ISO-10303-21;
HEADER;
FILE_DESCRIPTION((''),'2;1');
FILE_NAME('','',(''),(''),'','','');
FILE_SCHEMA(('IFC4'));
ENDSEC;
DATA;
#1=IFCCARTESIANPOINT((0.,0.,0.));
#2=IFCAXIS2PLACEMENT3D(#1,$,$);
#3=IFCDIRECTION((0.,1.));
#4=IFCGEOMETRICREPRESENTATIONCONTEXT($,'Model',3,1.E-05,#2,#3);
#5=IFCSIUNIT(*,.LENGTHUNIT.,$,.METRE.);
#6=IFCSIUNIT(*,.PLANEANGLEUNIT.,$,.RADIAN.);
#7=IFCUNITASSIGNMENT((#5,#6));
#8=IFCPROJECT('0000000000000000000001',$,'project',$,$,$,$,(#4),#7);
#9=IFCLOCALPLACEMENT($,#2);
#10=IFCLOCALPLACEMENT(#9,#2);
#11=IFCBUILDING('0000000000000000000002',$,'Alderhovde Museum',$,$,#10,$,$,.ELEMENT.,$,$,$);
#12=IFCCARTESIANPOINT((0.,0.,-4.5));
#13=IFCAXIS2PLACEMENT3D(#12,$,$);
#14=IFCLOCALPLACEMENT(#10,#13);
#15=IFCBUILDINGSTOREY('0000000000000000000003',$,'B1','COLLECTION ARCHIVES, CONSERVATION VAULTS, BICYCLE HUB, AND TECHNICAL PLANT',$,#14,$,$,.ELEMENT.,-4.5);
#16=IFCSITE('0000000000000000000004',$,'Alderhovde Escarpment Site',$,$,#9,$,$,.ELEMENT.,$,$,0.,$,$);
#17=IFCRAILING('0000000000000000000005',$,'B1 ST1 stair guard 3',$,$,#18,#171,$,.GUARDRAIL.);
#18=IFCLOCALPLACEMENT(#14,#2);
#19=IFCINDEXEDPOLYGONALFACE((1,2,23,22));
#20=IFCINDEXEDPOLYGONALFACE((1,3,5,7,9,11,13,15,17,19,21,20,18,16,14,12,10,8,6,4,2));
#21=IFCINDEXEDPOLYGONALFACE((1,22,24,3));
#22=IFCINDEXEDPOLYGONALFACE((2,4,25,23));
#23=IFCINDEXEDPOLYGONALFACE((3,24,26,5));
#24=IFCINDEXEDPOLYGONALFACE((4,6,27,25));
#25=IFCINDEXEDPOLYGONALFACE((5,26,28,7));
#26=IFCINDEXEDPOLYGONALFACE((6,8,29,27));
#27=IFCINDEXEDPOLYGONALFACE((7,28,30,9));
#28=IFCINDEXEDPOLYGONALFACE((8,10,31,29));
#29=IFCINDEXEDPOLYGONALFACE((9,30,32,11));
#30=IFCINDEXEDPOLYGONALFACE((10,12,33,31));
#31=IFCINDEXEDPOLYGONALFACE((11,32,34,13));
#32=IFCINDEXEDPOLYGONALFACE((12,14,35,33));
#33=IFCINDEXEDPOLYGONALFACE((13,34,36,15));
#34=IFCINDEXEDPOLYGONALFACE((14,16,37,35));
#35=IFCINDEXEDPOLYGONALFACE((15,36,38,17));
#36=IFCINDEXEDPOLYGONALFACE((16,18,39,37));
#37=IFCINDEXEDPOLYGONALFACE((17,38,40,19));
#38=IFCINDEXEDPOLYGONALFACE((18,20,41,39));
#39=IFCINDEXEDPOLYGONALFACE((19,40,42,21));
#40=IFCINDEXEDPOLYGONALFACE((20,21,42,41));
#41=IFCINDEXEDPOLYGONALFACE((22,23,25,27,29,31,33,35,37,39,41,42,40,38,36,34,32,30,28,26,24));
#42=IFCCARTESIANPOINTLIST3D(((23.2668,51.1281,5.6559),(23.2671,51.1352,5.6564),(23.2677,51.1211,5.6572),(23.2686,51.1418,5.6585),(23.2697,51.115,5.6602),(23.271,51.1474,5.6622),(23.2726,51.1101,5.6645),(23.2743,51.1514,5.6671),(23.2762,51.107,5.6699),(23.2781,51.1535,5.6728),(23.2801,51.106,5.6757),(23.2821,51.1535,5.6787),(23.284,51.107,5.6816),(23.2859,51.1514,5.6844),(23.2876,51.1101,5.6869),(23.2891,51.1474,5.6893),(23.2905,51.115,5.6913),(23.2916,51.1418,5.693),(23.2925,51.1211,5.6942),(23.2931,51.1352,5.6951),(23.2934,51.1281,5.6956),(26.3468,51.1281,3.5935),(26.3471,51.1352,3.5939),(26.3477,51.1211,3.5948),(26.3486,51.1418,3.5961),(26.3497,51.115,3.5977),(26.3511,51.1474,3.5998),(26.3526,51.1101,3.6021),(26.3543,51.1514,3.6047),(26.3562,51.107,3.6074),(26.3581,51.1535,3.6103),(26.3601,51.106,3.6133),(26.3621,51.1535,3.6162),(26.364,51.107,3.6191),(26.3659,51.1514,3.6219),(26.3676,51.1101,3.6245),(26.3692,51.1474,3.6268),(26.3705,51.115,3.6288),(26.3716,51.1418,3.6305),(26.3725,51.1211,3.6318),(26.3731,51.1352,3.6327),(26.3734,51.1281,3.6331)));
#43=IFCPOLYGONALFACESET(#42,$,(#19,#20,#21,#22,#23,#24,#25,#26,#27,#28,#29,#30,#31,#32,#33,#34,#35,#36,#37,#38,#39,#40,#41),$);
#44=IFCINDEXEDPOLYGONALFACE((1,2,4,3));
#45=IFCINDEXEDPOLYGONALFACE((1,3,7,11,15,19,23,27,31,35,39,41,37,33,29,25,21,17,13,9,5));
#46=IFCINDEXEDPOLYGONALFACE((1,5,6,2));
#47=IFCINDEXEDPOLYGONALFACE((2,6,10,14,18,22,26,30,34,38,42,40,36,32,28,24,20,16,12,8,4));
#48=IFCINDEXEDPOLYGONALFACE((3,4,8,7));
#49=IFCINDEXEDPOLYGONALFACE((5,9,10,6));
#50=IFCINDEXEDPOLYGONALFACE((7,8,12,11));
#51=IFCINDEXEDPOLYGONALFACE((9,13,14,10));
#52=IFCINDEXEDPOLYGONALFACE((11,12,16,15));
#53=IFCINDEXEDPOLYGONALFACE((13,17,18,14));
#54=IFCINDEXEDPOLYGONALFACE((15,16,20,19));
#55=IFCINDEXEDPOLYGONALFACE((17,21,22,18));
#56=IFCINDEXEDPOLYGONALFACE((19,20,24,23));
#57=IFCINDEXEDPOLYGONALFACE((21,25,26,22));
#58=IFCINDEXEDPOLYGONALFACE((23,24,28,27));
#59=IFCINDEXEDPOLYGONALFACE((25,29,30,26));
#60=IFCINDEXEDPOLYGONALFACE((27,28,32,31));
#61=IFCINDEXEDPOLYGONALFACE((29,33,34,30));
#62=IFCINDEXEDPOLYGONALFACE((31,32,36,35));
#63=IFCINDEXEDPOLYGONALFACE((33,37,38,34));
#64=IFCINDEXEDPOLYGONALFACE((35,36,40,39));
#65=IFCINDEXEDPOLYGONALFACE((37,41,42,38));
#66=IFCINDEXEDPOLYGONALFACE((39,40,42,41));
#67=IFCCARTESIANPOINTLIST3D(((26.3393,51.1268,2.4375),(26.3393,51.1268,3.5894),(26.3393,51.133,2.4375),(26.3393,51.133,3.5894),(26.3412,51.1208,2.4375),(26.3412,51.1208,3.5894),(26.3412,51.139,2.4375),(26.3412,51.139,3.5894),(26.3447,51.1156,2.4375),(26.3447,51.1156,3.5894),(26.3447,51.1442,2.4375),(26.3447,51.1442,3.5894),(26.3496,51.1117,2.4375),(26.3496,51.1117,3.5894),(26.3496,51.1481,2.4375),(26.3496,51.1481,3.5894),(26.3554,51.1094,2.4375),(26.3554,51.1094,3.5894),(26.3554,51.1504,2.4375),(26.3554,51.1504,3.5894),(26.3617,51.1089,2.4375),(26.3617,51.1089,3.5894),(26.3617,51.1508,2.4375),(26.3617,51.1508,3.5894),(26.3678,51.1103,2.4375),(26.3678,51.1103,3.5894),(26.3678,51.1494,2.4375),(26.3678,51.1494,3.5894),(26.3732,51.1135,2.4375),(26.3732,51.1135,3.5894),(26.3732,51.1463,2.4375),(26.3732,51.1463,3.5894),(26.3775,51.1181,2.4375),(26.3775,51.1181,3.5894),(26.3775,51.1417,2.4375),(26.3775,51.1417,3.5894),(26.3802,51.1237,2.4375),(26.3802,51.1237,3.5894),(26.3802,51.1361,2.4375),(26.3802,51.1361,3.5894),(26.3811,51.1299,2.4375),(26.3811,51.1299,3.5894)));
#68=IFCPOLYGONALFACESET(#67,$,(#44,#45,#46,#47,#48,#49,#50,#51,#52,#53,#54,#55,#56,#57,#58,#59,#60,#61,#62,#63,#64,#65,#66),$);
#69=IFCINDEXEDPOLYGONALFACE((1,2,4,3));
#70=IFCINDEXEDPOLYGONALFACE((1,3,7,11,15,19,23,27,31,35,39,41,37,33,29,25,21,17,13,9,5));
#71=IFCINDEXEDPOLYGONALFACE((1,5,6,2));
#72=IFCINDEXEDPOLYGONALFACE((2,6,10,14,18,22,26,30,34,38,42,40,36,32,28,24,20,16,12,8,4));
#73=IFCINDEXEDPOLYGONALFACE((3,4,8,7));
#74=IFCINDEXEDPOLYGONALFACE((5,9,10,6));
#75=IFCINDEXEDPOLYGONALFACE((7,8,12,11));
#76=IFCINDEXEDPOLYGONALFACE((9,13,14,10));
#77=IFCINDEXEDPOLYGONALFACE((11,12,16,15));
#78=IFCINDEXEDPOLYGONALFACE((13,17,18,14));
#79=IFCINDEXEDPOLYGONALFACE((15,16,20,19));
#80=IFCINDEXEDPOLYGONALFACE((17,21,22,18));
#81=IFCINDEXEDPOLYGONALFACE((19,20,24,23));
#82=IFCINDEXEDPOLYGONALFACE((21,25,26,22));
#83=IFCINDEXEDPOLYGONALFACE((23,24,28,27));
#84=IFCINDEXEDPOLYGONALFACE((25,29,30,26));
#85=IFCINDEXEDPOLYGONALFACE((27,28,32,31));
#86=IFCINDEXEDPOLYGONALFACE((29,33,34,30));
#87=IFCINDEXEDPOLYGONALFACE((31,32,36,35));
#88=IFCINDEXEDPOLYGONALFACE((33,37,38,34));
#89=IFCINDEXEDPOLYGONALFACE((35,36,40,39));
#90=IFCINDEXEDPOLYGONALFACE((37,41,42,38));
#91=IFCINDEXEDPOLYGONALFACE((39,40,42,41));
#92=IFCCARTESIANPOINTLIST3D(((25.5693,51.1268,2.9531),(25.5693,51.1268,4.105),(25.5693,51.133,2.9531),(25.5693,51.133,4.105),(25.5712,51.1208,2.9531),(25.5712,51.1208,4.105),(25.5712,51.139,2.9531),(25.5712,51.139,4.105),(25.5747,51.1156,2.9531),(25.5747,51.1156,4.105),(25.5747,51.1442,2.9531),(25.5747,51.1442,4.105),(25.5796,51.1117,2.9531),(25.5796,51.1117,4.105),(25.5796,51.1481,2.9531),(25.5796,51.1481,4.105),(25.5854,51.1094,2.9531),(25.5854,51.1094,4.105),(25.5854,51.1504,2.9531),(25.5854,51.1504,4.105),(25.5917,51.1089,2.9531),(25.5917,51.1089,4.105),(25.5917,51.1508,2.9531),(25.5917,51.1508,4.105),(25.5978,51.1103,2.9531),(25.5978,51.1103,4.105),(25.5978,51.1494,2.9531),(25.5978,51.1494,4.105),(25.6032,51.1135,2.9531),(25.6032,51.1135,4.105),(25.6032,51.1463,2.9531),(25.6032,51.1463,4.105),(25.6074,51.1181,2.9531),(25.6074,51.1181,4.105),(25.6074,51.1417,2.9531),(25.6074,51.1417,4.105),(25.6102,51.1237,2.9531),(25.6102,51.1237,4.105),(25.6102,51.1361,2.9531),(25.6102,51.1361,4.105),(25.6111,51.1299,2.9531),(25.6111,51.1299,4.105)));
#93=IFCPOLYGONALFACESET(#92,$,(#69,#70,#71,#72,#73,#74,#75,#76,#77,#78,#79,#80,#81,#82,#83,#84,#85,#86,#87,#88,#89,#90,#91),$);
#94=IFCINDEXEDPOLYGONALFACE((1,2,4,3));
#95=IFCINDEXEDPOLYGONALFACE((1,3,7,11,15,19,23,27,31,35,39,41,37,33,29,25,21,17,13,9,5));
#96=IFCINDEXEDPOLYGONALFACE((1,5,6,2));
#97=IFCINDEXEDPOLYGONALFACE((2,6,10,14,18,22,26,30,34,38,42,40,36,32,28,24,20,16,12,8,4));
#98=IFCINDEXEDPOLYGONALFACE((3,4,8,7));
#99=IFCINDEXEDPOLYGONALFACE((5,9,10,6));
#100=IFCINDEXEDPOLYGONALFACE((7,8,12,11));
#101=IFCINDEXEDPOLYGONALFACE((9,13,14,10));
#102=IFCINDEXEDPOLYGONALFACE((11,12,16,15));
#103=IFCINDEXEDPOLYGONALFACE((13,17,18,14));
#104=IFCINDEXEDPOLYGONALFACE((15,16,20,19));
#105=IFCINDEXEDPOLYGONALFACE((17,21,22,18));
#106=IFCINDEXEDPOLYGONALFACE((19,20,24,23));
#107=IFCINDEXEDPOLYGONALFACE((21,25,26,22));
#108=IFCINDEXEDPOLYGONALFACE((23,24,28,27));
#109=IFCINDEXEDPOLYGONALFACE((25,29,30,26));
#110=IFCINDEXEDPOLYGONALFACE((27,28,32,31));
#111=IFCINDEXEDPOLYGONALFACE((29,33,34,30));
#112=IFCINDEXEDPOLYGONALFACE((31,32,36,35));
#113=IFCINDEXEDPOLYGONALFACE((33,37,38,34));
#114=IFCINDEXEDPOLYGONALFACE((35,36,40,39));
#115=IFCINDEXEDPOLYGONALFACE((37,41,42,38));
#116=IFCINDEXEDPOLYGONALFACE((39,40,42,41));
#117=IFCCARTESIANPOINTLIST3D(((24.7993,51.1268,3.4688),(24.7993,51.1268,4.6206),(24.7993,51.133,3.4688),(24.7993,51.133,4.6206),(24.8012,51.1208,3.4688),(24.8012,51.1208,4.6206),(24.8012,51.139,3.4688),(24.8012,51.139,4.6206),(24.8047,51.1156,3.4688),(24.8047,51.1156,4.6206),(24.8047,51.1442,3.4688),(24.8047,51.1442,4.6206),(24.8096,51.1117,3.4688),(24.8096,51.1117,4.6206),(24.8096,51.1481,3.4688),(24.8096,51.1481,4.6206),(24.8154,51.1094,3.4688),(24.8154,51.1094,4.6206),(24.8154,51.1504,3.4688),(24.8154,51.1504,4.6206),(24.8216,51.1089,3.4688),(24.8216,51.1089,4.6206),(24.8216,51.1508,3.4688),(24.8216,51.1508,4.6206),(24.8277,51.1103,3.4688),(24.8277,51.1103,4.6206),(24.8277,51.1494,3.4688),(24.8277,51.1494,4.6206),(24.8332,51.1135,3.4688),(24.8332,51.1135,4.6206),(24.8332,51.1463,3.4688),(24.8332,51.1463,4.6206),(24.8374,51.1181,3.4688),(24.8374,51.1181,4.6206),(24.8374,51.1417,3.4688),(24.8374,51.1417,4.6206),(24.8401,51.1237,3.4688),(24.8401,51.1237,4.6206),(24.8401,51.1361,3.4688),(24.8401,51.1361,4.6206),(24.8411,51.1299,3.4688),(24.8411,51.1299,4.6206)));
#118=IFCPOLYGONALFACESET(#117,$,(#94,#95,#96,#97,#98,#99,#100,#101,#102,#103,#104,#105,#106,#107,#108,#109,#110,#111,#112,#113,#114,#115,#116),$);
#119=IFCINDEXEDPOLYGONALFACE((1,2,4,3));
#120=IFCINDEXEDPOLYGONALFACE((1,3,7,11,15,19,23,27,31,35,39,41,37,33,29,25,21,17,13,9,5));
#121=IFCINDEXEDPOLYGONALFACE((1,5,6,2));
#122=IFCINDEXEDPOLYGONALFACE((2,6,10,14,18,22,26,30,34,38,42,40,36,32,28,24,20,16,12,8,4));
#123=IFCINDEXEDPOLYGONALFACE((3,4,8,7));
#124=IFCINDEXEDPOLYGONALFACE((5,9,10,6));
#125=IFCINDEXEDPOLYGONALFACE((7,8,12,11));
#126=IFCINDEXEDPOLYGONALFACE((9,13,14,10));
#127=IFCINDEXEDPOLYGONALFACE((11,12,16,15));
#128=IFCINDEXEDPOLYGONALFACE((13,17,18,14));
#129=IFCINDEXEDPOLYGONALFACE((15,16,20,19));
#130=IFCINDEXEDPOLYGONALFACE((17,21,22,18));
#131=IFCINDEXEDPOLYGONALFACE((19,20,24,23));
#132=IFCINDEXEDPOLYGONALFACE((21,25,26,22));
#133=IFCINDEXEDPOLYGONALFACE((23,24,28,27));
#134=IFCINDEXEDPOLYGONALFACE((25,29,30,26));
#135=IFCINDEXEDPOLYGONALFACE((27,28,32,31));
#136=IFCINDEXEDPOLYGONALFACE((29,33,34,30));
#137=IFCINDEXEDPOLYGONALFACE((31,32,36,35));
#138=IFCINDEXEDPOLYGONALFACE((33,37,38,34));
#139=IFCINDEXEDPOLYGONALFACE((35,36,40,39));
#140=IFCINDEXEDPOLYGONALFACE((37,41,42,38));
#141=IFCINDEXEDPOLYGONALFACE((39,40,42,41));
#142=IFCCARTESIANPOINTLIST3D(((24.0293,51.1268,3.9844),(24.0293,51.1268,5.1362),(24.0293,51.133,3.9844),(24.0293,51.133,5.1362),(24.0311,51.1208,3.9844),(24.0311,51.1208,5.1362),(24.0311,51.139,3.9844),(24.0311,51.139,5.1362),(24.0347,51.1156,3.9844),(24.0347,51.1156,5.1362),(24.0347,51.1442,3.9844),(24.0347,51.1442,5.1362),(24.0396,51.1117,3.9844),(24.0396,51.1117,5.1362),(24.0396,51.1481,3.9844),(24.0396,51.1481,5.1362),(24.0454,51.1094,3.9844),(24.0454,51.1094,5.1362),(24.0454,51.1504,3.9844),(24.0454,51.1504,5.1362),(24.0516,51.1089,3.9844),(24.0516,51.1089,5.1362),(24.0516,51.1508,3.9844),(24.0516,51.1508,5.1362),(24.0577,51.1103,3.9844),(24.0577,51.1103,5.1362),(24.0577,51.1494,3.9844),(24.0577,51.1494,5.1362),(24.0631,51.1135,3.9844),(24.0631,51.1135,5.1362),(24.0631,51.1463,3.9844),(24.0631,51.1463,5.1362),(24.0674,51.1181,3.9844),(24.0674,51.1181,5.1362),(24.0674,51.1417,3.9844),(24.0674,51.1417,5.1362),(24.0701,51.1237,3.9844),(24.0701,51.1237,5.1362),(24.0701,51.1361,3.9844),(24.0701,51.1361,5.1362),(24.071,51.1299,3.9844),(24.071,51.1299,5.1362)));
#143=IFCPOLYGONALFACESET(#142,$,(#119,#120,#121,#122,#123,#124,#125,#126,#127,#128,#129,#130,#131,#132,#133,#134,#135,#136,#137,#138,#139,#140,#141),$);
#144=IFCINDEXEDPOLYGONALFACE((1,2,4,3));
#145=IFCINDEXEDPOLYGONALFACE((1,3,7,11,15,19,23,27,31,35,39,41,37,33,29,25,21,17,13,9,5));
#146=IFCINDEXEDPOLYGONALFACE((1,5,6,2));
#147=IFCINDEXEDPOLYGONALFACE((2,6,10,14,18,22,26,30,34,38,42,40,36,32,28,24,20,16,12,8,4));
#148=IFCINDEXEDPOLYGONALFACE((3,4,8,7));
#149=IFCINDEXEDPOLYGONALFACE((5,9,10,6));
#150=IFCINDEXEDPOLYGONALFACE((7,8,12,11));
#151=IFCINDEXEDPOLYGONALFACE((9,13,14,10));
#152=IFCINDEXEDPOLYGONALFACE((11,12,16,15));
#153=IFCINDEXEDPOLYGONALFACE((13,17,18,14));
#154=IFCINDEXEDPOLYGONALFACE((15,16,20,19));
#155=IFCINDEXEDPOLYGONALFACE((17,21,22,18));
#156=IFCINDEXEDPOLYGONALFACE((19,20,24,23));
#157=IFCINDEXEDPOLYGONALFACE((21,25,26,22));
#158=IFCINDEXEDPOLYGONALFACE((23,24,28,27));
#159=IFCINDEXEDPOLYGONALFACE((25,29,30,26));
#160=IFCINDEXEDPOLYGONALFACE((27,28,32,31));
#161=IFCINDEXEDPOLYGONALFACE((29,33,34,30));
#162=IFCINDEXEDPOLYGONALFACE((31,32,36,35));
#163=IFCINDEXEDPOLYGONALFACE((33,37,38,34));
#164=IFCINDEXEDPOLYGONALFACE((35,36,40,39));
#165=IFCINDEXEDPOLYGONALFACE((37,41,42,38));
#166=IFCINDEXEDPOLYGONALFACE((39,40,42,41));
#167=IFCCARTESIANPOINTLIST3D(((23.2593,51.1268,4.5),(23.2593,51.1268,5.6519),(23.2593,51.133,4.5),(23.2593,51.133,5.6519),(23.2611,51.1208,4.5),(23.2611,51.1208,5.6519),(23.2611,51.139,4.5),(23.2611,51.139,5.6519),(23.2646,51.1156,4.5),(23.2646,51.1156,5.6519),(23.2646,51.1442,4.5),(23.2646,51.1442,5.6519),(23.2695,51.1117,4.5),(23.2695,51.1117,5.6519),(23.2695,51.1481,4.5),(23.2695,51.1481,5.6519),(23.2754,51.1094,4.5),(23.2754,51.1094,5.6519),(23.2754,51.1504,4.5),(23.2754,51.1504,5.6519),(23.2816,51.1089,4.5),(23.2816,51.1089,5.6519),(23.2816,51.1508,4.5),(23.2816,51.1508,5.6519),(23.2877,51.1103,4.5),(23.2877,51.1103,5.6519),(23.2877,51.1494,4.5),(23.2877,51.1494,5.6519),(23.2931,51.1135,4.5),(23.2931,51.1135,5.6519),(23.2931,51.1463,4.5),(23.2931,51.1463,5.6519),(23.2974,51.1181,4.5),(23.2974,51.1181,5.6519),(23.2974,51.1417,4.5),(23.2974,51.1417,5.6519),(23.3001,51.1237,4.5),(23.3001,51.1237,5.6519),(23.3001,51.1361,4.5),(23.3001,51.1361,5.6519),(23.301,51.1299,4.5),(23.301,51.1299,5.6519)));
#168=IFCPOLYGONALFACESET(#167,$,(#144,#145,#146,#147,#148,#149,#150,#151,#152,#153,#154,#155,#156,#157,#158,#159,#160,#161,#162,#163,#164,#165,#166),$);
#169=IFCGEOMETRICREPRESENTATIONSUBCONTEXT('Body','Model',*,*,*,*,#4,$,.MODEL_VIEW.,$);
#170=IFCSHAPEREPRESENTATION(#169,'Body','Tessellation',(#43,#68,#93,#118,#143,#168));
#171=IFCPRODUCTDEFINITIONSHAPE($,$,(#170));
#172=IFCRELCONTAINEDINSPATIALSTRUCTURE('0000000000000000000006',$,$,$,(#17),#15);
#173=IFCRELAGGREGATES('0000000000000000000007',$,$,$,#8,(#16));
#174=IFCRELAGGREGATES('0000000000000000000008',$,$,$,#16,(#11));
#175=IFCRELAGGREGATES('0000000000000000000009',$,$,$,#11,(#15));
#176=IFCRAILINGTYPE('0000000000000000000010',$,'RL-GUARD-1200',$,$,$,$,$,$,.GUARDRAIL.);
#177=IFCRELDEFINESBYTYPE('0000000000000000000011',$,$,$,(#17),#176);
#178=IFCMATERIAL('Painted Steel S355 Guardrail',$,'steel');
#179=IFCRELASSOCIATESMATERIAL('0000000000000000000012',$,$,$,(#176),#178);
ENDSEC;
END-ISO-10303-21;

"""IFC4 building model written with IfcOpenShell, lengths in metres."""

from ifc_helpers import new_model, si_unit, direction, frame, origin, origin_2d, place, context, subcontext, project, spatial, circle, extrude, material, type_object, element, save


model = new_model("IFC4")

# Units and contexts
model_context = context("Model", 3, precision=1e-05, world=origin(), true_north=direction((0.0, 1.0)))
body_context = subcontext(model_context, "Body", "Model", "MODEL_VIEW")
ifc_project = project(units=[si_unit("LENGTHUNIT", "METRE"), si_unit("PLANEANGLEUNIT", "RADIAN")], contexts=[model_context])

# Site, building, storey
site_placement = place(None, origin())
site = spatial("IfcSite", under=ifc_project, at=site_placement, Name="Alderhovde Escarpment Site", CompositionType="ELEMENT", RefElevation=0.0)
building_placement = place(site_placement, origin())
building = spatial("IfcBuilding", under=site, at=building_placement, Name="Alderhovde Museum", CompositionType="ELEMENT")
storey_placement = place(building_placement, frame((0.0, 0.0, -4.5)))
storey = spatial("IfcBuildingStorey", under=building, at=storey_placement, Name="B1", Description="COLLECTION ARCHIVES, CONSERVATION VAULTS, BICYCLE HUB, AND TECHNICAL PLANT", CompositionType="ELEMENT", Elevation=-4.5)

# Railing
ifc_material_1 = material(Name="Painted Steel S355 Guardrail", Category="steel")
railing_type_1 = type_object("IfcRailingType", Name="RL-GUARD-1200", PredefinedType="GUARDRAIL", material=ifc_material_1)
railing_1_placement = place(storey_placement, frame((26.3601, 51.1299, 2.4375)))
element("IfcRailing", 1, at=railing_1_placement, inside=storey, type_object=railing_type_1, Name="B1 ST1 stair guard 3", PredefinedType="GUARDRAIL", context=body_context, shape_type="SweptSolid", body=[
    extrude(circle(Radius=0.0239, at=origin_2d()), frame((0.0, 0.0, 1.1758), z_axis=(-0.830914, 0.0, 0.556401), x_axis=(0.0, -1.0, 0.0)), (0.0, 0.0, 1.0), 3.7068),
    extrude(circle(Radius=0.021, at=origin_2d()), origin(), (0.0, 0.0, 1.0), 1.1519),
    extrude(circle(Radius=0.021, at=origin_2d()), frame((-0.77, 0.0, 0.5156)), (0.0, 0.0, 1.0), 1.1519),
    extrude(circle(Radius=0.021, at=origin_2d()), frame((-1.54, 0.0, 1.0312)), (0.0, 0.0, 1.0), 1.1519),
    extrude(circle(Radius=0.021, at=origin_2d()), frame((-2.3101, 0.0, 1.5469)), (0.0, 0.0, 1.0), 1.1519),
    extrude(circle(Radius=0.021, at=origin_2d()), frame((-3.0801, 0.0, 2.0625)), (0.0, 0.0, 1.0), 1.1519),
])

save(model, "model.ifc")
